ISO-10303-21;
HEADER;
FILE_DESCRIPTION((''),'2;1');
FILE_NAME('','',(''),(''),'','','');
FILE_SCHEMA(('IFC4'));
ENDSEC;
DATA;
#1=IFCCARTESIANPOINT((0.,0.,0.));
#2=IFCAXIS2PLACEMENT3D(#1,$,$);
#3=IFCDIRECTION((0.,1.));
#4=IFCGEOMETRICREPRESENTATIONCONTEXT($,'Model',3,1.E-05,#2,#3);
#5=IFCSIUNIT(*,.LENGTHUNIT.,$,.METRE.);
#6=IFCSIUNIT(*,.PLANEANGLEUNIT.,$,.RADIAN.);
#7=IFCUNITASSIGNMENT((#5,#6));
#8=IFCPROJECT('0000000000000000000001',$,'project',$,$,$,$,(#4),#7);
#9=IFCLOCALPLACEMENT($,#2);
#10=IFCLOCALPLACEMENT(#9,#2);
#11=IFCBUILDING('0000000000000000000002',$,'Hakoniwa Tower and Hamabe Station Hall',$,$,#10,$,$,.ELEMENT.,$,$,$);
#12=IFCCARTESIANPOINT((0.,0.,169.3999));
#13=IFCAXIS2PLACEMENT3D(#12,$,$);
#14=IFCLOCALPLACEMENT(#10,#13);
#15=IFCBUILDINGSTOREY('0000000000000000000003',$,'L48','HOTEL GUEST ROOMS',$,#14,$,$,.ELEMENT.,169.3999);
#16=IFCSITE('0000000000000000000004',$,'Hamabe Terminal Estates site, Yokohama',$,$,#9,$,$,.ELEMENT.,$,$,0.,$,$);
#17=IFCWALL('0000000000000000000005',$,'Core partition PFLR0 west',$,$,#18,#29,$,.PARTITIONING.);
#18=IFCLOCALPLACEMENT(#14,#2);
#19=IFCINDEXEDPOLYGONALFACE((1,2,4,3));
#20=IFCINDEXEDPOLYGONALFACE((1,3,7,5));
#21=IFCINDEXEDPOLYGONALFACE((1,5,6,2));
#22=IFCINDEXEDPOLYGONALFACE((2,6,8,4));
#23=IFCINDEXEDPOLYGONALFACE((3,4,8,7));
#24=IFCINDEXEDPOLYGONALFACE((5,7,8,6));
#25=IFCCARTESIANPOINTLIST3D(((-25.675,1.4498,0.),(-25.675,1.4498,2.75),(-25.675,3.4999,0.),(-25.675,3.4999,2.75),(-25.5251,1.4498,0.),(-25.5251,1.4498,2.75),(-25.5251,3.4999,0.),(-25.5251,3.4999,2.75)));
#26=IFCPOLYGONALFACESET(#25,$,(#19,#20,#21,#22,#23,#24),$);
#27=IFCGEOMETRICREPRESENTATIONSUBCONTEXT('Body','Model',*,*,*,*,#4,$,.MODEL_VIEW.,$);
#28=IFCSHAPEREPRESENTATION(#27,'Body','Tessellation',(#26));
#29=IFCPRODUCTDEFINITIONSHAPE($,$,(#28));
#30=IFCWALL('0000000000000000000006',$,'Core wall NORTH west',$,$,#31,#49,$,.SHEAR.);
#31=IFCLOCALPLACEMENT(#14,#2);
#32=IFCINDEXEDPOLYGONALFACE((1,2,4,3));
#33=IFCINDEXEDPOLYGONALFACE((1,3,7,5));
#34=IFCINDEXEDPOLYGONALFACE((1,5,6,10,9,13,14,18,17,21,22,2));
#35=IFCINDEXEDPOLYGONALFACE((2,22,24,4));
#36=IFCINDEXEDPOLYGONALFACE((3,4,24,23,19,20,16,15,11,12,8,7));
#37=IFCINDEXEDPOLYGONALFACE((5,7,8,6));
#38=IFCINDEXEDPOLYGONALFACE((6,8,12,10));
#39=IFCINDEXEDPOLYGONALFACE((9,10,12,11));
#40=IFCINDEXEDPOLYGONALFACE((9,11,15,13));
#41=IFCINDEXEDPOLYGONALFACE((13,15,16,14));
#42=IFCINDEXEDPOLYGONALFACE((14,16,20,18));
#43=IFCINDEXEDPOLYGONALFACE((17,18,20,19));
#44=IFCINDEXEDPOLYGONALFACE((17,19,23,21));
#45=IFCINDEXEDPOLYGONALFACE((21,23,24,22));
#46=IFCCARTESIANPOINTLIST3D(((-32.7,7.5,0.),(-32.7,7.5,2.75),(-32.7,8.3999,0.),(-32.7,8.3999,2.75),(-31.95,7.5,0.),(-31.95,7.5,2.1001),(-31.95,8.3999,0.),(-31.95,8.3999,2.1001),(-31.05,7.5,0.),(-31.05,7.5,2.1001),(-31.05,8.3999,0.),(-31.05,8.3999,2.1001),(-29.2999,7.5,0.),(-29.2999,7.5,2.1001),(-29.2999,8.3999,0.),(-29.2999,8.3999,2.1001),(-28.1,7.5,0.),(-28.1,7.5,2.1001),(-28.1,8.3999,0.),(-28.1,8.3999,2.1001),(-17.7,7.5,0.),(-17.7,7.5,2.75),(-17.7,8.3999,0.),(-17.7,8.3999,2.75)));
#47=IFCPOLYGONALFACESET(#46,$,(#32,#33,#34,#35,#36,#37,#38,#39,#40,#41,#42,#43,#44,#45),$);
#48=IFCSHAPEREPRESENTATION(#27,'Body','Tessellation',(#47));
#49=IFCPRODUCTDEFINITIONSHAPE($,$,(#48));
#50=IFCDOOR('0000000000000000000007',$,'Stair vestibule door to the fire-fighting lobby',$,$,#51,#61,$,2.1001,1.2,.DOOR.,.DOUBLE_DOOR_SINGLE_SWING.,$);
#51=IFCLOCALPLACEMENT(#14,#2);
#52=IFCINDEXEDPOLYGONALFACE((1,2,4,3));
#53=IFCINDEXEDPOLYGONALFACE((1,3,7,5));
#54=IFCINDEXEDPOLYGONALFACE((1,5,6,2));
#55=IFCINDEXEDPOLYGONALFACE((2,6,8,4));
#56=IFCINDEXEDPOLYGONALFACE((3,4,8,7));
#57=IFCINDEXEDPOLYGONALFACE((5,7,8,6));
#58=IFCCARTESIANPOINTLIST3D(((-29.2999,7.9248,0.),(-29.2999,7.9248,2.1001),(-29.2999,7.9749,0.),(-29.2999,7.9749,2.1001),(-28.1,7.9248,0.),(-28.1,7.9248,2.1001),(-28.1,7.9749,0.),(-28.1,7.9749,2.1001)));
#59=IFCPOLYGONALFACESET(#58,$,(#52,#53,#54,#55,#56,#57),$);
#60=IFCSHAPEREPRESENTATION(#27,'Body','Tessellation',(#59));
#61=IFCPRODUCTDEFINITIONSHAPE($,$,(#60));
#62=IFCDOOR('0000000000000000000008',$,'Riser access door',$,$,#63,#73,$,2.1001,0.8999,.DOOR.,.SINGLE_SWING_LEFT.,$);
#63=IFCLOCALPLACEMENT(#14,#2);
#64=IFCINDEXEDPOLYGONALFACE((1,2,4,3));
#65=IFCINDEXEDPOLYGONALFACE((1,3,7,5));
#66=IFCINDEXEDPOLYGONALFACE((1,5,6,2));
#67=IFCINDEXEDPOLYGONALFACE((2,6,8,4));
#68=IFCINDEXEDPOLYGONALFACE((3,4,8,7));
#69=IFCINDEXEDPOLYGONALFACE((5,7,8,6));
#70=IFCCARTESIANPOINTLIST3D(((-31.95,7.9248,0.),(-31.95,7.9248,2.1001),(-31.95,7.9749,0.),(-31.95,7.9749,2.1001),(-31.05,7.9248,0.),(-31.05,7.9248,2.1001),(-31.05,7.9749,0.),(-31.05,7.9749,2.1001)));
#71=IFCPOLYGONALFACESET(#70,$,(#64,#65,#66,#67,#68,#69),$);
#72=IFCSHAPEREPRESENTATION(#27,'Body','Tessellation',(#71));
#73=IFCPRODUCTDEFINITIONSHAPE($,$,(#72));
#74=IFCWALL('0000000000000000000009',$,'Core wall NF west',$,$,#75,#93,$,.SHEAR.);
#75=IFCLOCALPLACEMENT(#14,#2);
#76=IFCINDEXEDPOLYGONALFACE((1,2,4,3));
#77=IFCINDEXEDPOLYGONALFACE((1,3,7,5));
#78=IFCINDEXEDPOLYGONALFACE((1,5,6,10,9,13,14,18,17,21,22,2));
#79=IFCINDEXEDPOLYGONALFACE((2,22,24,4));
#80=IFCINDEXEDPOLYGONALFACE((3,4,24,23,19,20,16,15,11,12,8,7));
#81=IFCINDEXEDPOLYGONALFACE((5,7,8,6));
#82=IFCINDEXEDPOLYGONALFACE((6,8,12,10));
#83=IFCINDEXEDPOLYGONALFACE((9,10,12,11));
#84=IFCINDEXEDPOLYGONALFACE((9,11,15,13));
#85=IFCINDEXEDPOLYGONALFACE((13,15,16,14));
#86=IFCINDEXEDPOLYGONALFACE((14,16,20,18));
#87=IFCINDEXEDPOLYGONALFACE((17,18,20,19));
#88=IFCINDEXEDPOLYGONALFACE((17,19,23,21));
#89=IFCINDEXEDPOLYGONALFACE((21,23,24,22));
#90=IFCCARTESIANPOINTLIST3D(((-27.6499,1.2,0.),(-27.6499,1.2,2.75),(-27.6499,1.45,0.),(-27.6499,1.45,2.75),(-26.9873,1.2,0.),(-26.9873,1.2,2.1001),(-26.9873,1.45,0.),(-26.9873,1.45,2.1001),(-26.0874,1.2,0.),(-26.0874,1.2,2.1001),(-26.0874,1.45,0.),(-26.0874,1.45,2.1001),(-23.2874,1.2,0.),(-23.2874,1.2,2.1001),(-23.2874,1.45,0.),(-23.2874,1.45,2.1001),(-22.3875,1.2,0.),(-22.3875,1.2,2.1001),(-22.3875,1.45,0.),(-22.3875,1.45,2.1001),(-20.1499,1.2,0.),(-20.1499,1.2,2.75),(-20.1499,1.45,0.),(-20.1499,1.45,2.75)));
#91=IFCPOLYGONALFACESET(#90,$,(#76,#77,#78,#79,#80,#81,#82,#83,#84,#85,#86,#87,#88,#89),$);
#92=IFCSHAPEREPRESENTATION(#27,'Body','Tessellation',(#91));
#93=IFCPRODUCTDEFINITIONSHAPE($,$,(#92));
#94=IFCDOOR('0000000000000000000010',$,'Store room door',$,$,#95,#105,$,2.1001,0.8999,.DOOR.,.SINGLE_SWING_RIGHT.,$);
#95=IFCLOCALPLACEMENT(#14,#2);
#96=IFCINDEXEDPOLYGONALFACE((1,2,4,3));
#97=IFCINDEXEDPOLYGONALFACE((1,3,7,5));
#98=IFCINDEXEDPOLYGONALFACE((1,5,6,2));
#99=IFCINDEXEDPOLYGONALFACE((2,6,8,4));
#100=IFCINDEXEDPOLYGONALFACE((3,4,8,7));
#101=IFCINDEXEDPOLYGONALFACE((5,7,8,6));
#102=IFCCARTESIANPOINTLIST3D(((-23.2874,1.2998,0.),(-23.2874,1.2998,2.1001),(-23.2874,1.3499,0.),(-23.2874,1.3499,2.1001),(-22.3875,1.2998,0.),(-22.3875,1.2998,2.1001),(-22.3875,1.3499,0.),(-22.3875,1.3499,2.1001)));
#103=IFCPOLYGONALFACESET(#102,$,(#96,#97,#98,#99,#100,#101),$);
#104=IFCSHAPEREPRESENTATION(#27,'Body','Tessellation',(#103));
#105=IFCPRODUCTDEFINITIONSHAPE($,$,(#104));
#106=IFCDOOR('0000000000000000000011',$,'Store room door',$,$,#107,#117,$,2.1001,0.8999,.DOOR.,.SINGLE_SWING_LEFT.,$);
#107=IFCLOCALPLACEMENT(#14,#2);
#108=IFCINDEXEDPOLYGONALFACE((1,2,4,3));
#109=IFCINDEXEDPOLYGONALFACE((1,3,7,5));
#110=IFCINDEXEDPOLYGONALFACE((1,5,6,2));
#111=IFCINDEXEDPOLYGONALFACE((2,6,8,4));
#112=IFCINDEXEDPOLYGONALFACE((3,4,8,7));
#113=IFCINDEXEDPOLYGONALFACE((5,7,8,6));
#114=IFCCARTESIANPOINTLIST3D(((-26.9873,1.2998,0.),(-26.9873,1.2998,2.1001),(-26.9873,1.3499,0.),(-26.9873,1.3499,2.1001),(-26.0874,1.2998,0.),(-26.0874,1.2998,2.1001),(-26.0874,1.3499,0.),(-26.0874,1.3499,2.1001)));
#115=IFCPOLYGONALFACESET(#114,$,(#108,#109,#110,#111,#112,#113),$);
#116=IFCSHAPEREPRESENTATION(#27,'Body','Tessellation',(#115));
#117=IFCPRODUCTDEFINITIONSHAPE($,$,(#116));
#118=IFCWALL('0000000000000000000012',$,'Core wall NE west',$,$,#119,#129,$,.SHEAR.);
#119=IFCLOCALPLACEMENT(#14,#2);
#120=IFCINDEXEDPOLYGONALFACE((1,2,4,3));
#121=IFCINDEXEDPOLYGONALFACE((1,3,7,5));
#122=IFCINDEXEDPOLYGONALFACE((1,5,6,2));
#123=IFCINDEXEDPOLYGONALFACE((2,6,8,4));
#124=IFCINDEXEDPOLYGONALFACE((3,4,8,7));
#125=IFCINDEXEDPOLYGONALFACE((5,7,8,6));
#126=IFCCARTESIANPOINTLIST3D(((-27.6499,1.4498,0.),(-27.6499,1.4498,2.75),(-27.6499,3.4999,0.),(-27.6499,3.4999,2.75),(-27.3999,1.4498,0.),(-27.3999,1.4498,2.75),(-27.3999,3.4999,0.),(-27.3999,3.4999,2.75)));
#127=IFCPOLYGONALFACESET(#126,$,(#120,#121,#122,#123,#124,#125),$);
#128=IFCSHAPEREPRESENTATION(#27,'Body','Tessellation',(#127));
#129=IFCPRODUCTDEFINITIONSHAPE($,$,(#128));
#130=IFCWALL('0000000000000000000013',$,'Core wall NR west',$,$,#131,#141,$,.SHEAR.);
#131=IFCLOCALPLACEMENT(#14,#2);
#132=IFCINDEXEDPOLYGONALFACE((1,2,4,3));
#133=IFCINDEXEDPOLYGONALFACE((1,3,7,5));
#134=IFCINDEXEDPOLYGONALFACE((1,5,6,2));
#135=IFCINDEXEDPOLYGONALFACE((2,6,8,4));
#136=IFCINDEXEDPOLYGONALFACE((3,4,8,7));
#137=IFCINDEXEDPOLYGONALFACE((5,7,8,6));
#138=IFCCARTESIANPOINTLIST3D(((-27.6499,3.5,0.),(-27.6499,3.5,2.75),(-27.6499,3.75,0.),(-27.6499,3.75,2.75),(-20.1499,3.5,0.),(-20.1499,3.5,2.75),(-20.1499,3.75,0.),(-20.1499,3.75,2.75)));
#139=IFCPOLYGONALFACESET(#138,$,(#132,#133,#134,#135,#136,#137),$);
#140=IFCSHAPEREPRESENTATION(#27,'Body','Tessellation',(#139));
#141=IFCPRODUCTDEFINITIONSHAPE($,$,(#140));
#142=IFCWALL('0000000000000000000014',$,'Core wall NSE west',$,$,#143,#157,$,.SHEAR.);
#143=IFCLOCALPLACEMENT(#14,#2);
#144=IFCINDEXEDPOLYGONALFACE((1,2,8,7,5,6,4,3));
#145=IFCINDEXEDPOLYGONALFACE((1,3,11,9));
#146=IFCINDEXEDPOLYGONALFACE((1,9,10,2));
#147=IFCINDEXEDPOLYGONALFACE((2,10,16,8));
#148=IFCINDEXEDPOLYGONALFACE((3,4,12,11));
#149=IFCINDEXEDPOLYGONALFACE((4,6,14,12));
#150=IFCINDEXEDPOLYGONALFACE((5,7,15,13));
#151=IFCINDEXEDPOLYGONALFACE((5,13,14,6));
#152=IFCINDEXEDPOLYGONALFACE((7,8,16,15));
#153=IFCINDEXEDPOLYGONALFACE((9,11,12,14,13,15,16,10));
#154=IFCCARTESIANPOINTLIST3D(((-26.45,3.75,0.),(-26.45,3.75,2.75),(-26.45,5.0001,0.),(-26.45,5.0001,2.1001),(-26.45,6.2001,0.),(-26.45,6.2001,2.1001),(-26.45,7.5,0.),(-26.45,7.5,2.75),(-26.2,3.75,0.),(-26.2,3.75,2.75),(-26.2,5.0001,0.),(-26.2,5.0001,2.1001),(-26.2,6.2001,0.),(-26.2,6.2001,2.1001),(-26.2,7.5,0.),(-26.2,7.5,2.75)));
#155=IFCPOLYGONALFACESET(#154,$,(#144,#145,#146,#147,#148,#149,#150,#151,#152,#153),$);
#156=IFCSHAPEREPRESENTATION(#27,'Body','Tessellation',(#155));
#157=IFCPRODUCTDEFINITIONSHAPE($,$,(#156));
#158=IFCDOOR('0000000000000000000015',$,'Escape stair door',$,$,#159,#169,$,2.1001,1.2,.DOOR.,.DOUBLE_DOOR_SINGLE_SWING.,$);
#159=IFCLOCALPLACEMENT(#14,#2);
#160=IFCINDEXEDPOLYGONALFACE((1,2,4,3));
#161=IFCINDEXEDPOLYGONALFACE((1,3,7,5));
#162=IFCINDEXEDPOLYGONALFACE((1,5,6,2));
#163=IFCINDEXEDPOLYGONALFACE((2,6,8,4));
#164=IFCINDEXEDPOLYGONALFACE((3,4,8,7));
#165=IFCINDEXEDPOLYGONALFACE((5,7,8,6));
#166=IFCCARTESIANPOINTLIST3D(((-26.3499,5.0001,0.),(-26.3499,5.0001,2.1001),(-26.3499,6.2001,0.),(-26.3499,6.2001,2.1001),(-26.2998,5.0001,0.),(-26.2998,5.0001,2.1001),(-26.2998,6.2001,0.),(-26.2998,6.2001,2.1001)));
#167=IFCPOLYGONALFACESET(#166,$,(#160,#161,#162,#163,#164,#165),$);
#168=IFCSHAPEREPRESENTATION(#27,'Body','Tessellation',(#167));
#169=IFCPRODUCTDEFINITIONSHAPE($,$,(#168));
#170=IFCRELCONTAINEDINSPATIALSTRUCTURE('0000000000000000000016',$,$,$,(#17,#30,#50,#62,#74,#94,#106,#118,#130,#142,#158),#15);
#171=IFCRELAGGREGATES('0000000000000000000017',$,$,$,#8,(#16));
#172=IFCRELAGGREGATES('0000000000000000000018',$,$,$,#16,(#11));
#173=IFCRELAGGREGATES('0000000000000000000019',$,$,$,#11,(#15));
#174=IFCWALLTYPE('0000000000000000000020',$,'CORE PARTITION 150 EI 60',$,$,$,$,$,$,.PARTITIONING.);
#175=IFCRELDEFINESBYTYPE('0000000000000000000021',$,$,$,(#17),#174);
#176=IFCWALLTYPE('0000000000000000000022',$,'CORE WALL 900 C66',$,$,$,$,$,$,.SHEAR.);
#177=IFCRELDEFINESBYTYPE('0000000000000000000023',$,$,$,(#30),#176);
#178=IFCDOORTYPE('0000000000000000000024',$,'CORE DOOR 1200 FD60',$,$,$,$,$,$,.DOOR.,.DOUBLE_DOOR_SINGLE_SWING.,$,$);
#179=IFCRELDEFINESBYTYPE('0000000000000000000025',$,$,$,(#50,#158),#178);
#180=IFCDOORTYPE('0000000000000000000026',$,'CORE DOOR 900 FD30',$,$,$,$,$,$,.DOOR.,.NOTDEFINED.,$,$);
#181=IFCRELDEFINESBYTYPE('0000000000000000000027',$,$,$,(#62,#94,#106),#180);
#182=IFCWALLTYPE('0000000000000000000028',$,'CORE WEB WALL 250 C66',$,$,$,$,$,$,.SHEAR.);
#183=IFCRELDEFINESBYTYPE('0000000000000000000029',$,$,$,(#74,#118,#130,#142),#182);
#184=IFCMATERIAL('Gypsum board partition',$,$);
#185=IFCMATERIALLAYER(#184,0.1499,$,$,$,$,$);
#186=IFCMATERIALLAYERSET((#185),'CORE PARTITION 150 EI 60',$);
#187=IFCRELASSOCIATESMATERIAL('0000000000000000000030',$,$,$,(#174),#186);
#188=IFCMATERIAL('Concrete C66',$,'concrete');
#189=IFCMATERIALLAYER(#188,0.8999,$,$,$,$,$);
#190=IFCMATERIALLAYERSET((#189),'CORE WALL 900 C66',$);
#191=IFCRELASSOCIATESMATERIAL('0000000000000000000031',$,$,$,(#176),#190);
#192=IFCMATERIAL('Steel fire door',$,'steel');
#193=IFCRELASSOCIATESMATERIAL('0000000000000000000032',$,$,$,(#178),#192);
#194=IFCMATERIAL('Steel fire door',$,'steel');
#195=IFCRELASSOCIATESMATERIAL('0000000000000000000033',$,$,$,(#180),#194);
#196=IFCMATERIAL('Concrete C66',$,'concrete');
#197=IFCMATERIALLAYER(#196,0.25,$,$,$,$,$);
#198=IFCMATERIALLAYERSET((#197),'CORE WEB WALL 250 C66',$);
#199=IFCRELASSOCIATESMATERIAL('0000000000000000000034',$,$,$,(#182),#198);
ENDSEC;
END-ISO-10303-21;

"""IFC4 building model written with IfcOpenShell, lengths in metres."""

from ifc_helpers import new_model, si_unit, direction, frame, frame_2d, origin, place, context, subcontext, project, spatial, rectangle, extrude, material, layer, layer_set, type_object, element, fill, save


model = new_model("IFC4")

# Units and contexts
model_context = context("Model", 3, precision=1e-05, world=origin(), true_north=direction((0.0, 1.0)))
body_context = subcontext(model_context, "Body", "Model", "MODEL_VIEW")
ifc_project = project(units=[si_unit("LENGTHUNIT", "METRE"), si_unit("PLANEANGLEUNIT", "RADIAN")], contexts=[model_context])

# Site, building, storey
site_placement = place(None, origin())
site = spatial("IfcSite", under=ifc_project, at=site_placement, Name="Hamabe Terminal Estates site, Yokohama", CompositionType="ELEMENT", RefElevation=0.0)
building_placement = place(site_placement, origin())
building = spatial("IfcBuilding", under=site, at=building_placement, Name="Hakoniwa Tower and Hamabe Station Hall", CompositionType="ELEMENT")
storey_placement = place(building_placement, frame((0.0, 0.0, 169.3999)))
storey = spatial("IfcBuildingStorey", under=building, at=storey_placement, Name="L48", Description="HOTEL GUEST ROOMS", CompositionType="ELEMENT", Elevation=169.3999)

# Wall
ifc_material_1 = material(Name="Gypsum board partition")
ifc_layer_1 = layer(ifc_material_1, 0.1499)
ifc_layer_set_1 = layer_set([ifc_layer_1], Name="CORE PARTITION 150 EI 60")
wall_type_1 = type_object("IfcWallType", Name="CORE PARTITION 150 EI 60", PredefinedType="PARTITIONING", material=ifc_layer_set_1)
wall_1_placement = place(storey_placement, frame((-25.6001, 1.45, 0.0), z_axis=(0.0, 0.0, 1.0), x_axis=(0.0, 1.0, 0.0)))
element("IfcWall", 1, at=wall_1_placement, inside=storey, type_object=wall_type_1, Name="Core partition PFLR0 west", PredefinedType="PARTITIONING", context=body_context, shape_type="SweptSolid", body=[
    extrude(rectangle(XDim=2.05, YDim=0.1499, at=frame_2d((1.0249, 0.0))), origin(), (0.0, 0.0, 1.0), 2.75),
])

# Walls, openings, doors
ifc_material_2 = material(Name="Concrete C66", Category="concrete")
ifc_layer_2 = layer(ifc_material_2, 0.8999)
ifc_layer_set_2 = layer_set([ifc_layer_2], Name="CORE WALL 900 C66")
wall_type_2 = type_object("IfcWallType", Name="CORE WALL 900 C66", PredefinedType="SHEAR", material=ifc_layer_set_2)
wall_2_placement = place(storey_placement, frame((-32.7, 7.95, 0.0), z_axis=(0.0, 0.0, 1.0), x_axis=(1.0, 0.0, 0.0)))
wall_2 = element("IfcWall", 2, at=wall_2_placement, inside=storey, type_object=wall_type_2, Name="Core wall NORTH west", PredefinedType="SHEAR", context=body_context, shape_type="SweptSolid", body=[
    extrude(rectangle(XDim=15.0, YDim=0.8999, at=frame_2d((7.5, 0.0))), origin(), (0.0, 0.0, 1.0), 2.75),
])
opening_1_placement = place(wall_2_placement, frame((3.3999, 0.0, 0.0)))
opening_1 = element("IfcOpeningElement", 3, at=opening_1_placement, cuts=wall_2, PredefinedType="OPENING", context=body_context, shape_type="SweptSolid", body=[
    extrude(rectangle(XDim=1.2, YDim=2.1001, at=frame_2d((0.6001, 1.05))), frame((0.0, 0.46, 0.0), z_axis=(0.0, -1.0, 0.0), x_axis=(1.0, 0.0, 0.0)), (0.0, 0.0, 1.0), 0.9199),
])
opening_2_placement = place(wall_2_placement, frame((0.75, 0.0, 0.0)))
opening_2 = element("IfcOpeningElement", 4, at=opening_2_placement, cuts=wall_2, PredefinedType="OPENING", context=body_context, shape_type="SweptSolid", body=[
    extrude(rectangle(XDim=0.8999, YDim=2.1001, at=frame_2d((0.45, 1.05))), frame((0.0, 0.46, 0.0), z_axis=(0.0, -1.0, 0.0), x_axis=(1.0, 0.0, 0.0)), (0.0, 0.0, 1.0), 0.9199),
])
ifc_material_3 = material(Name="Steel fire door", Category="steel")
door_type_1 = type_object("IfcDoorType", Name="CORE DOOR 1200 FD60", OperationType="DOUBLE_DOOR_SINGLE_SWING", PredefinedType="DOOR", material=ifc_material_3)
door_1_placement = place(opening_1_placement, origin())
door_1 = element("IfcDoor", 5, at=door_1_placement, inside=storey, type_object=door_type_1, Name="Stair vestibule door to the fire-fighting lobby", OperationType="DOUBLE_DOOR_SINGLE_SWING", OverallHeight=2.1001, OverallWidth=1.2, PredefinedType="DOOR", context=body_context, shape_type="SweptSolid", body=[
    extrude(rectangle(XDim=1.2, YDim=2.1001, at=frame_2d((0.6001, 1.05))), frame((0.0, 0.0249, 0.0), z_axis=(0.0, -1.0, 0.0), x_axis=(1.0, 0.0, 0.0)), (0.0, 0.0, 1.0), 0.05),
])
fill(opening_1, door_1)
ifc_material_4 = material(Name="Steel fire door", Category="steel")
door_type_2 = type_object("IfcDoorType", Name="CORE DOOR 900 FD30", OperationType="NOTDEFINED", PredefinedType="DOOR", material=ifc_material_4)
door_2_placement = place(opening_2_placement, origin())
door_2 = element("IfcDoor", 6, at=door_2_placement, inside=storey, type_object=door_type_2, Name="Riser access door", OperationType="SINGLE_SWING_LEFT", OverallHeight=2.1001, OverallWidth=0.8999, PredefinedType="DOOR", context=body_context, shape_type="SweptSolid", body=[
    extrude(rectangle(XDim=0.8999, YDim=2.1001, at=frame_2d((0.45, 1.05))), frame((0.0, 0.0249, 0.0), z_axis=(0.0, -1.0, 0.0), x_axis=(1.0, 0.0, 0.0)), (0.0, 0.0, 1.0), 0.05),
])
fill(opening_2, door_2)
ifc_material_5 = material(Name="Concrete C66", Category="concrete")
ifc_layer_3 = layer(ifc_material_5, 0.25)
ifc_layer_set_3 = layer_set([ifc_layer_3], Name="CORE WEB WALL 250 C66")
wall_type_3 = type_object("IfcWallType", Name="CORE WEB WALL 250 C66", PredefinedType="SHEAR", material=ifc_layer_set_3)
wall_3_placement = place(storey_placement, frame((-27.6499, 1.325, 0.0), z_axis=(0.0, 0.0, 1.0), x_axis=(1.0, 0.0, 0.0)))
wall_3 = element("IfcWall", 7, at=wall_3_placement, inside=storey, type_object=wall_type_3, Name="Core wall NF west", PredefinedType="SHEAR", context=body_context, shape_type="SweptSolid", body=[
    extrude(rectangle(XDim=7.5, YDim=0.25, at=frame_2d((3.75, 0.0))), origin(), (0.0, 0.0, 1.0), 2.75),
])
opening_3_placement = place(wall_3_placement, frame((4.3625, 0.0, 0.0)))
opening_3 = element("IfcOpeningElement", 8, at=opening_3_placement, cuts=wall_3, PredefinedType="OPENING", context=body_context, shape_type="SweptSolid", body=[
    extrude(rectangle(XDim=0.8999, YDim=2.1001, at=frame_2d((0.45, 1.05))), frame((0.0, 0.135, 0.0), z_axis=(0.0, -1.0, 0.0), x_axis=(1.0, 0.0, 0.0)), (0.0, 0.0, 1.0), 0.27),
])
opening_4_placement = place(wall_3_placement, frame((0.6626, 0.0, 0.0)))
opening_4 = element("IfcOpeningElement", 9, at=opening_4_placement, cuts=wall_3, PredefinedType="OPENING", context=body_context, shape_type="SweptSolid", body=[
    extrude(rectangle(XDim=0.8999, YDim=2.1001, at=frame_2d((0.45, 1.05))), frame((0.0, 0.135, 0.0), z_axis=(0.0, -1.0, 0.0), x_axis=(1.0, 0.0, 0.0)), (0.0, 0.0, 1.0), 0.27),
])
door_3_placement = place(opening_3_placement, origin())
door_3 = element("IfcDoor", 10, at=door_3_placement, inside=storey, type_object=door_type_2, Name="Store room door", OperationType="SINGLE_SWING_RIGHT", OverallHeight=2.1001, OverallWidth=0.8999, PredefinedType="DOOR", context=body_context, shape_type="SweptSolid", body=[
    extrude(rectangle(XDim=0.8999, YDim=2.1001, at=frame_2d((0.45, 1.05))), frame((0.0, 0.0249, 0.0), z_axis=(0.0, -1.0, 0.0), x_axis=(1.0, 0.0, 0.0)), (0.0, 0.0, 1.0), 0.05),
])
fill(opening_3, door_3)
door_4_placement = place(opening_4_placement, origin())
door_4 = element("IfcDoor", 11, at=door_4_placement, inside=storey, type_object=door_type_2, Name="Store room door", OperationType="SINGLE_SWING_LEFT", OverallHeight=2.1001, OverallWidth=0.8999, PredefinedType="DOOR", context=body_context, shape_type="SweptSolid", body=[
    extrude(rectangle(XDim=0.8999, YDim=2.1001, at=frame_2d((0.45, 1.05))), frame((0.0, 0.0249, 0.0), z_axis=(0.0, -1.0, 0.0), x_axis=(1.0, 0.0, 0.0)), (0.0, 0.0, 1.0), 0.05),
])
fill(opening_4, door_4)

# Walls
wall_4_placement = place(storey_placement, frame((-27.5249, 1.45, 0.0), z_axis=(0.0, 0.0, 1.0), x_axis=(0.0, 1.0, 0.0)))
element("IfcWall", 12, at=wall_4_placement, inside=storey, type_object=wall_type_3, Name="Core wall NE west", PredefinedType="SHEAR", context=body_context, shape_type="SweptSolid", body=[
    extrude(rectangle(XDim=2.05, YDim=0.25, at=frame_2d((1.0249, 0.0))), origin(), (0.0, 0.0, 1.0), 2.75),
])
wall_5_placement = place(storey_placement, frame((-27.6499, 3.625, 0.0), z_axis=(0.0, 0.0, 1.0), x_axis=(1.0, 0.0, 0.0)))
element("IfcWall", 13, at=wall_5_placement, inside=storey, type_object=wall_type_3, Name="Core wall NR west", PredefinedType="SHEAR", context=body_context, shape_type="SweptSolid", body=[
    extrude(rectangle(XDim=7.5, YDim=0.25, at=frame_2d((3.75, 0.0))), origin(), (0.0, 0.0, 1.0), 2.75),
])

# Wall, opening, door
wall_6_placement = place(storey_placement, frame((-26.325, 3.75, 0.0), z_axis=(0.0, 0.0, 1.0), x_axis=(0.0, 1.0, 0.0)))
wall_6 = element("IfcWall", 14, at=wall_6_placement, inside=storey, type_object=wall_type_3, Name="Core wall NSE west", PredefinedType="SHEAR", context=body_context, shape_type="SweptSolid", body=[
    extrude(rectangle(XDim=3.75, YDim=0.25, at=frame_2d((1.875, 0.0))), origin(), (0.0, 0.0, 1.0), 2.75),
])
opening_5_placement = place(wall_6_placement, frame((1.25, 0.0, 0.0)))
opening_5 = element("IfcOpeningElement", 15, at=opening_5_placement, cuts=wall_6, PredefinedType="OPENING", context=body_context, shape_type="SweptSolid", body=[
    extrude(rectangle(XDim=1.2, YDim=2.1001, at=frame_2d((0.6001, 1.05))), frame((0.0, 0.135, 0.0), z_axis=(0.0, -1.0, 0.0), x_axis=(1.0, 0.0, 0.0)), (0.0, 0.0, 1.0), 0.27),
])
door_5_placement = place(opening_5_placement, origin())
door_5 = element("IfcDoor", 16, at=door_5_placement, inside=storey, type_object=door_type_1, Name="Escape stair door", OperationType="DOUBLE_DOOR_SINGLE_SWING", OverallHeight=2.1001, OverallWidth=1.2, PredefinedType="DOOR", context=body_context, shape_type="SweptSolid", body=[
    extrude(rectangle(XDim=1.2, YDim=2.1001, at=frame_2d((0.6001, 1.05))), frame((0.0, 0.0249, 0.0), z_axis=(0.0, -1.0, 0.0), x_axis=(1.0, 0.0, 0.0)), (0.0, 0.0, 1.0), 0.05),
])
fill(opening_5, door_5)

save(model, "model.ifc")
